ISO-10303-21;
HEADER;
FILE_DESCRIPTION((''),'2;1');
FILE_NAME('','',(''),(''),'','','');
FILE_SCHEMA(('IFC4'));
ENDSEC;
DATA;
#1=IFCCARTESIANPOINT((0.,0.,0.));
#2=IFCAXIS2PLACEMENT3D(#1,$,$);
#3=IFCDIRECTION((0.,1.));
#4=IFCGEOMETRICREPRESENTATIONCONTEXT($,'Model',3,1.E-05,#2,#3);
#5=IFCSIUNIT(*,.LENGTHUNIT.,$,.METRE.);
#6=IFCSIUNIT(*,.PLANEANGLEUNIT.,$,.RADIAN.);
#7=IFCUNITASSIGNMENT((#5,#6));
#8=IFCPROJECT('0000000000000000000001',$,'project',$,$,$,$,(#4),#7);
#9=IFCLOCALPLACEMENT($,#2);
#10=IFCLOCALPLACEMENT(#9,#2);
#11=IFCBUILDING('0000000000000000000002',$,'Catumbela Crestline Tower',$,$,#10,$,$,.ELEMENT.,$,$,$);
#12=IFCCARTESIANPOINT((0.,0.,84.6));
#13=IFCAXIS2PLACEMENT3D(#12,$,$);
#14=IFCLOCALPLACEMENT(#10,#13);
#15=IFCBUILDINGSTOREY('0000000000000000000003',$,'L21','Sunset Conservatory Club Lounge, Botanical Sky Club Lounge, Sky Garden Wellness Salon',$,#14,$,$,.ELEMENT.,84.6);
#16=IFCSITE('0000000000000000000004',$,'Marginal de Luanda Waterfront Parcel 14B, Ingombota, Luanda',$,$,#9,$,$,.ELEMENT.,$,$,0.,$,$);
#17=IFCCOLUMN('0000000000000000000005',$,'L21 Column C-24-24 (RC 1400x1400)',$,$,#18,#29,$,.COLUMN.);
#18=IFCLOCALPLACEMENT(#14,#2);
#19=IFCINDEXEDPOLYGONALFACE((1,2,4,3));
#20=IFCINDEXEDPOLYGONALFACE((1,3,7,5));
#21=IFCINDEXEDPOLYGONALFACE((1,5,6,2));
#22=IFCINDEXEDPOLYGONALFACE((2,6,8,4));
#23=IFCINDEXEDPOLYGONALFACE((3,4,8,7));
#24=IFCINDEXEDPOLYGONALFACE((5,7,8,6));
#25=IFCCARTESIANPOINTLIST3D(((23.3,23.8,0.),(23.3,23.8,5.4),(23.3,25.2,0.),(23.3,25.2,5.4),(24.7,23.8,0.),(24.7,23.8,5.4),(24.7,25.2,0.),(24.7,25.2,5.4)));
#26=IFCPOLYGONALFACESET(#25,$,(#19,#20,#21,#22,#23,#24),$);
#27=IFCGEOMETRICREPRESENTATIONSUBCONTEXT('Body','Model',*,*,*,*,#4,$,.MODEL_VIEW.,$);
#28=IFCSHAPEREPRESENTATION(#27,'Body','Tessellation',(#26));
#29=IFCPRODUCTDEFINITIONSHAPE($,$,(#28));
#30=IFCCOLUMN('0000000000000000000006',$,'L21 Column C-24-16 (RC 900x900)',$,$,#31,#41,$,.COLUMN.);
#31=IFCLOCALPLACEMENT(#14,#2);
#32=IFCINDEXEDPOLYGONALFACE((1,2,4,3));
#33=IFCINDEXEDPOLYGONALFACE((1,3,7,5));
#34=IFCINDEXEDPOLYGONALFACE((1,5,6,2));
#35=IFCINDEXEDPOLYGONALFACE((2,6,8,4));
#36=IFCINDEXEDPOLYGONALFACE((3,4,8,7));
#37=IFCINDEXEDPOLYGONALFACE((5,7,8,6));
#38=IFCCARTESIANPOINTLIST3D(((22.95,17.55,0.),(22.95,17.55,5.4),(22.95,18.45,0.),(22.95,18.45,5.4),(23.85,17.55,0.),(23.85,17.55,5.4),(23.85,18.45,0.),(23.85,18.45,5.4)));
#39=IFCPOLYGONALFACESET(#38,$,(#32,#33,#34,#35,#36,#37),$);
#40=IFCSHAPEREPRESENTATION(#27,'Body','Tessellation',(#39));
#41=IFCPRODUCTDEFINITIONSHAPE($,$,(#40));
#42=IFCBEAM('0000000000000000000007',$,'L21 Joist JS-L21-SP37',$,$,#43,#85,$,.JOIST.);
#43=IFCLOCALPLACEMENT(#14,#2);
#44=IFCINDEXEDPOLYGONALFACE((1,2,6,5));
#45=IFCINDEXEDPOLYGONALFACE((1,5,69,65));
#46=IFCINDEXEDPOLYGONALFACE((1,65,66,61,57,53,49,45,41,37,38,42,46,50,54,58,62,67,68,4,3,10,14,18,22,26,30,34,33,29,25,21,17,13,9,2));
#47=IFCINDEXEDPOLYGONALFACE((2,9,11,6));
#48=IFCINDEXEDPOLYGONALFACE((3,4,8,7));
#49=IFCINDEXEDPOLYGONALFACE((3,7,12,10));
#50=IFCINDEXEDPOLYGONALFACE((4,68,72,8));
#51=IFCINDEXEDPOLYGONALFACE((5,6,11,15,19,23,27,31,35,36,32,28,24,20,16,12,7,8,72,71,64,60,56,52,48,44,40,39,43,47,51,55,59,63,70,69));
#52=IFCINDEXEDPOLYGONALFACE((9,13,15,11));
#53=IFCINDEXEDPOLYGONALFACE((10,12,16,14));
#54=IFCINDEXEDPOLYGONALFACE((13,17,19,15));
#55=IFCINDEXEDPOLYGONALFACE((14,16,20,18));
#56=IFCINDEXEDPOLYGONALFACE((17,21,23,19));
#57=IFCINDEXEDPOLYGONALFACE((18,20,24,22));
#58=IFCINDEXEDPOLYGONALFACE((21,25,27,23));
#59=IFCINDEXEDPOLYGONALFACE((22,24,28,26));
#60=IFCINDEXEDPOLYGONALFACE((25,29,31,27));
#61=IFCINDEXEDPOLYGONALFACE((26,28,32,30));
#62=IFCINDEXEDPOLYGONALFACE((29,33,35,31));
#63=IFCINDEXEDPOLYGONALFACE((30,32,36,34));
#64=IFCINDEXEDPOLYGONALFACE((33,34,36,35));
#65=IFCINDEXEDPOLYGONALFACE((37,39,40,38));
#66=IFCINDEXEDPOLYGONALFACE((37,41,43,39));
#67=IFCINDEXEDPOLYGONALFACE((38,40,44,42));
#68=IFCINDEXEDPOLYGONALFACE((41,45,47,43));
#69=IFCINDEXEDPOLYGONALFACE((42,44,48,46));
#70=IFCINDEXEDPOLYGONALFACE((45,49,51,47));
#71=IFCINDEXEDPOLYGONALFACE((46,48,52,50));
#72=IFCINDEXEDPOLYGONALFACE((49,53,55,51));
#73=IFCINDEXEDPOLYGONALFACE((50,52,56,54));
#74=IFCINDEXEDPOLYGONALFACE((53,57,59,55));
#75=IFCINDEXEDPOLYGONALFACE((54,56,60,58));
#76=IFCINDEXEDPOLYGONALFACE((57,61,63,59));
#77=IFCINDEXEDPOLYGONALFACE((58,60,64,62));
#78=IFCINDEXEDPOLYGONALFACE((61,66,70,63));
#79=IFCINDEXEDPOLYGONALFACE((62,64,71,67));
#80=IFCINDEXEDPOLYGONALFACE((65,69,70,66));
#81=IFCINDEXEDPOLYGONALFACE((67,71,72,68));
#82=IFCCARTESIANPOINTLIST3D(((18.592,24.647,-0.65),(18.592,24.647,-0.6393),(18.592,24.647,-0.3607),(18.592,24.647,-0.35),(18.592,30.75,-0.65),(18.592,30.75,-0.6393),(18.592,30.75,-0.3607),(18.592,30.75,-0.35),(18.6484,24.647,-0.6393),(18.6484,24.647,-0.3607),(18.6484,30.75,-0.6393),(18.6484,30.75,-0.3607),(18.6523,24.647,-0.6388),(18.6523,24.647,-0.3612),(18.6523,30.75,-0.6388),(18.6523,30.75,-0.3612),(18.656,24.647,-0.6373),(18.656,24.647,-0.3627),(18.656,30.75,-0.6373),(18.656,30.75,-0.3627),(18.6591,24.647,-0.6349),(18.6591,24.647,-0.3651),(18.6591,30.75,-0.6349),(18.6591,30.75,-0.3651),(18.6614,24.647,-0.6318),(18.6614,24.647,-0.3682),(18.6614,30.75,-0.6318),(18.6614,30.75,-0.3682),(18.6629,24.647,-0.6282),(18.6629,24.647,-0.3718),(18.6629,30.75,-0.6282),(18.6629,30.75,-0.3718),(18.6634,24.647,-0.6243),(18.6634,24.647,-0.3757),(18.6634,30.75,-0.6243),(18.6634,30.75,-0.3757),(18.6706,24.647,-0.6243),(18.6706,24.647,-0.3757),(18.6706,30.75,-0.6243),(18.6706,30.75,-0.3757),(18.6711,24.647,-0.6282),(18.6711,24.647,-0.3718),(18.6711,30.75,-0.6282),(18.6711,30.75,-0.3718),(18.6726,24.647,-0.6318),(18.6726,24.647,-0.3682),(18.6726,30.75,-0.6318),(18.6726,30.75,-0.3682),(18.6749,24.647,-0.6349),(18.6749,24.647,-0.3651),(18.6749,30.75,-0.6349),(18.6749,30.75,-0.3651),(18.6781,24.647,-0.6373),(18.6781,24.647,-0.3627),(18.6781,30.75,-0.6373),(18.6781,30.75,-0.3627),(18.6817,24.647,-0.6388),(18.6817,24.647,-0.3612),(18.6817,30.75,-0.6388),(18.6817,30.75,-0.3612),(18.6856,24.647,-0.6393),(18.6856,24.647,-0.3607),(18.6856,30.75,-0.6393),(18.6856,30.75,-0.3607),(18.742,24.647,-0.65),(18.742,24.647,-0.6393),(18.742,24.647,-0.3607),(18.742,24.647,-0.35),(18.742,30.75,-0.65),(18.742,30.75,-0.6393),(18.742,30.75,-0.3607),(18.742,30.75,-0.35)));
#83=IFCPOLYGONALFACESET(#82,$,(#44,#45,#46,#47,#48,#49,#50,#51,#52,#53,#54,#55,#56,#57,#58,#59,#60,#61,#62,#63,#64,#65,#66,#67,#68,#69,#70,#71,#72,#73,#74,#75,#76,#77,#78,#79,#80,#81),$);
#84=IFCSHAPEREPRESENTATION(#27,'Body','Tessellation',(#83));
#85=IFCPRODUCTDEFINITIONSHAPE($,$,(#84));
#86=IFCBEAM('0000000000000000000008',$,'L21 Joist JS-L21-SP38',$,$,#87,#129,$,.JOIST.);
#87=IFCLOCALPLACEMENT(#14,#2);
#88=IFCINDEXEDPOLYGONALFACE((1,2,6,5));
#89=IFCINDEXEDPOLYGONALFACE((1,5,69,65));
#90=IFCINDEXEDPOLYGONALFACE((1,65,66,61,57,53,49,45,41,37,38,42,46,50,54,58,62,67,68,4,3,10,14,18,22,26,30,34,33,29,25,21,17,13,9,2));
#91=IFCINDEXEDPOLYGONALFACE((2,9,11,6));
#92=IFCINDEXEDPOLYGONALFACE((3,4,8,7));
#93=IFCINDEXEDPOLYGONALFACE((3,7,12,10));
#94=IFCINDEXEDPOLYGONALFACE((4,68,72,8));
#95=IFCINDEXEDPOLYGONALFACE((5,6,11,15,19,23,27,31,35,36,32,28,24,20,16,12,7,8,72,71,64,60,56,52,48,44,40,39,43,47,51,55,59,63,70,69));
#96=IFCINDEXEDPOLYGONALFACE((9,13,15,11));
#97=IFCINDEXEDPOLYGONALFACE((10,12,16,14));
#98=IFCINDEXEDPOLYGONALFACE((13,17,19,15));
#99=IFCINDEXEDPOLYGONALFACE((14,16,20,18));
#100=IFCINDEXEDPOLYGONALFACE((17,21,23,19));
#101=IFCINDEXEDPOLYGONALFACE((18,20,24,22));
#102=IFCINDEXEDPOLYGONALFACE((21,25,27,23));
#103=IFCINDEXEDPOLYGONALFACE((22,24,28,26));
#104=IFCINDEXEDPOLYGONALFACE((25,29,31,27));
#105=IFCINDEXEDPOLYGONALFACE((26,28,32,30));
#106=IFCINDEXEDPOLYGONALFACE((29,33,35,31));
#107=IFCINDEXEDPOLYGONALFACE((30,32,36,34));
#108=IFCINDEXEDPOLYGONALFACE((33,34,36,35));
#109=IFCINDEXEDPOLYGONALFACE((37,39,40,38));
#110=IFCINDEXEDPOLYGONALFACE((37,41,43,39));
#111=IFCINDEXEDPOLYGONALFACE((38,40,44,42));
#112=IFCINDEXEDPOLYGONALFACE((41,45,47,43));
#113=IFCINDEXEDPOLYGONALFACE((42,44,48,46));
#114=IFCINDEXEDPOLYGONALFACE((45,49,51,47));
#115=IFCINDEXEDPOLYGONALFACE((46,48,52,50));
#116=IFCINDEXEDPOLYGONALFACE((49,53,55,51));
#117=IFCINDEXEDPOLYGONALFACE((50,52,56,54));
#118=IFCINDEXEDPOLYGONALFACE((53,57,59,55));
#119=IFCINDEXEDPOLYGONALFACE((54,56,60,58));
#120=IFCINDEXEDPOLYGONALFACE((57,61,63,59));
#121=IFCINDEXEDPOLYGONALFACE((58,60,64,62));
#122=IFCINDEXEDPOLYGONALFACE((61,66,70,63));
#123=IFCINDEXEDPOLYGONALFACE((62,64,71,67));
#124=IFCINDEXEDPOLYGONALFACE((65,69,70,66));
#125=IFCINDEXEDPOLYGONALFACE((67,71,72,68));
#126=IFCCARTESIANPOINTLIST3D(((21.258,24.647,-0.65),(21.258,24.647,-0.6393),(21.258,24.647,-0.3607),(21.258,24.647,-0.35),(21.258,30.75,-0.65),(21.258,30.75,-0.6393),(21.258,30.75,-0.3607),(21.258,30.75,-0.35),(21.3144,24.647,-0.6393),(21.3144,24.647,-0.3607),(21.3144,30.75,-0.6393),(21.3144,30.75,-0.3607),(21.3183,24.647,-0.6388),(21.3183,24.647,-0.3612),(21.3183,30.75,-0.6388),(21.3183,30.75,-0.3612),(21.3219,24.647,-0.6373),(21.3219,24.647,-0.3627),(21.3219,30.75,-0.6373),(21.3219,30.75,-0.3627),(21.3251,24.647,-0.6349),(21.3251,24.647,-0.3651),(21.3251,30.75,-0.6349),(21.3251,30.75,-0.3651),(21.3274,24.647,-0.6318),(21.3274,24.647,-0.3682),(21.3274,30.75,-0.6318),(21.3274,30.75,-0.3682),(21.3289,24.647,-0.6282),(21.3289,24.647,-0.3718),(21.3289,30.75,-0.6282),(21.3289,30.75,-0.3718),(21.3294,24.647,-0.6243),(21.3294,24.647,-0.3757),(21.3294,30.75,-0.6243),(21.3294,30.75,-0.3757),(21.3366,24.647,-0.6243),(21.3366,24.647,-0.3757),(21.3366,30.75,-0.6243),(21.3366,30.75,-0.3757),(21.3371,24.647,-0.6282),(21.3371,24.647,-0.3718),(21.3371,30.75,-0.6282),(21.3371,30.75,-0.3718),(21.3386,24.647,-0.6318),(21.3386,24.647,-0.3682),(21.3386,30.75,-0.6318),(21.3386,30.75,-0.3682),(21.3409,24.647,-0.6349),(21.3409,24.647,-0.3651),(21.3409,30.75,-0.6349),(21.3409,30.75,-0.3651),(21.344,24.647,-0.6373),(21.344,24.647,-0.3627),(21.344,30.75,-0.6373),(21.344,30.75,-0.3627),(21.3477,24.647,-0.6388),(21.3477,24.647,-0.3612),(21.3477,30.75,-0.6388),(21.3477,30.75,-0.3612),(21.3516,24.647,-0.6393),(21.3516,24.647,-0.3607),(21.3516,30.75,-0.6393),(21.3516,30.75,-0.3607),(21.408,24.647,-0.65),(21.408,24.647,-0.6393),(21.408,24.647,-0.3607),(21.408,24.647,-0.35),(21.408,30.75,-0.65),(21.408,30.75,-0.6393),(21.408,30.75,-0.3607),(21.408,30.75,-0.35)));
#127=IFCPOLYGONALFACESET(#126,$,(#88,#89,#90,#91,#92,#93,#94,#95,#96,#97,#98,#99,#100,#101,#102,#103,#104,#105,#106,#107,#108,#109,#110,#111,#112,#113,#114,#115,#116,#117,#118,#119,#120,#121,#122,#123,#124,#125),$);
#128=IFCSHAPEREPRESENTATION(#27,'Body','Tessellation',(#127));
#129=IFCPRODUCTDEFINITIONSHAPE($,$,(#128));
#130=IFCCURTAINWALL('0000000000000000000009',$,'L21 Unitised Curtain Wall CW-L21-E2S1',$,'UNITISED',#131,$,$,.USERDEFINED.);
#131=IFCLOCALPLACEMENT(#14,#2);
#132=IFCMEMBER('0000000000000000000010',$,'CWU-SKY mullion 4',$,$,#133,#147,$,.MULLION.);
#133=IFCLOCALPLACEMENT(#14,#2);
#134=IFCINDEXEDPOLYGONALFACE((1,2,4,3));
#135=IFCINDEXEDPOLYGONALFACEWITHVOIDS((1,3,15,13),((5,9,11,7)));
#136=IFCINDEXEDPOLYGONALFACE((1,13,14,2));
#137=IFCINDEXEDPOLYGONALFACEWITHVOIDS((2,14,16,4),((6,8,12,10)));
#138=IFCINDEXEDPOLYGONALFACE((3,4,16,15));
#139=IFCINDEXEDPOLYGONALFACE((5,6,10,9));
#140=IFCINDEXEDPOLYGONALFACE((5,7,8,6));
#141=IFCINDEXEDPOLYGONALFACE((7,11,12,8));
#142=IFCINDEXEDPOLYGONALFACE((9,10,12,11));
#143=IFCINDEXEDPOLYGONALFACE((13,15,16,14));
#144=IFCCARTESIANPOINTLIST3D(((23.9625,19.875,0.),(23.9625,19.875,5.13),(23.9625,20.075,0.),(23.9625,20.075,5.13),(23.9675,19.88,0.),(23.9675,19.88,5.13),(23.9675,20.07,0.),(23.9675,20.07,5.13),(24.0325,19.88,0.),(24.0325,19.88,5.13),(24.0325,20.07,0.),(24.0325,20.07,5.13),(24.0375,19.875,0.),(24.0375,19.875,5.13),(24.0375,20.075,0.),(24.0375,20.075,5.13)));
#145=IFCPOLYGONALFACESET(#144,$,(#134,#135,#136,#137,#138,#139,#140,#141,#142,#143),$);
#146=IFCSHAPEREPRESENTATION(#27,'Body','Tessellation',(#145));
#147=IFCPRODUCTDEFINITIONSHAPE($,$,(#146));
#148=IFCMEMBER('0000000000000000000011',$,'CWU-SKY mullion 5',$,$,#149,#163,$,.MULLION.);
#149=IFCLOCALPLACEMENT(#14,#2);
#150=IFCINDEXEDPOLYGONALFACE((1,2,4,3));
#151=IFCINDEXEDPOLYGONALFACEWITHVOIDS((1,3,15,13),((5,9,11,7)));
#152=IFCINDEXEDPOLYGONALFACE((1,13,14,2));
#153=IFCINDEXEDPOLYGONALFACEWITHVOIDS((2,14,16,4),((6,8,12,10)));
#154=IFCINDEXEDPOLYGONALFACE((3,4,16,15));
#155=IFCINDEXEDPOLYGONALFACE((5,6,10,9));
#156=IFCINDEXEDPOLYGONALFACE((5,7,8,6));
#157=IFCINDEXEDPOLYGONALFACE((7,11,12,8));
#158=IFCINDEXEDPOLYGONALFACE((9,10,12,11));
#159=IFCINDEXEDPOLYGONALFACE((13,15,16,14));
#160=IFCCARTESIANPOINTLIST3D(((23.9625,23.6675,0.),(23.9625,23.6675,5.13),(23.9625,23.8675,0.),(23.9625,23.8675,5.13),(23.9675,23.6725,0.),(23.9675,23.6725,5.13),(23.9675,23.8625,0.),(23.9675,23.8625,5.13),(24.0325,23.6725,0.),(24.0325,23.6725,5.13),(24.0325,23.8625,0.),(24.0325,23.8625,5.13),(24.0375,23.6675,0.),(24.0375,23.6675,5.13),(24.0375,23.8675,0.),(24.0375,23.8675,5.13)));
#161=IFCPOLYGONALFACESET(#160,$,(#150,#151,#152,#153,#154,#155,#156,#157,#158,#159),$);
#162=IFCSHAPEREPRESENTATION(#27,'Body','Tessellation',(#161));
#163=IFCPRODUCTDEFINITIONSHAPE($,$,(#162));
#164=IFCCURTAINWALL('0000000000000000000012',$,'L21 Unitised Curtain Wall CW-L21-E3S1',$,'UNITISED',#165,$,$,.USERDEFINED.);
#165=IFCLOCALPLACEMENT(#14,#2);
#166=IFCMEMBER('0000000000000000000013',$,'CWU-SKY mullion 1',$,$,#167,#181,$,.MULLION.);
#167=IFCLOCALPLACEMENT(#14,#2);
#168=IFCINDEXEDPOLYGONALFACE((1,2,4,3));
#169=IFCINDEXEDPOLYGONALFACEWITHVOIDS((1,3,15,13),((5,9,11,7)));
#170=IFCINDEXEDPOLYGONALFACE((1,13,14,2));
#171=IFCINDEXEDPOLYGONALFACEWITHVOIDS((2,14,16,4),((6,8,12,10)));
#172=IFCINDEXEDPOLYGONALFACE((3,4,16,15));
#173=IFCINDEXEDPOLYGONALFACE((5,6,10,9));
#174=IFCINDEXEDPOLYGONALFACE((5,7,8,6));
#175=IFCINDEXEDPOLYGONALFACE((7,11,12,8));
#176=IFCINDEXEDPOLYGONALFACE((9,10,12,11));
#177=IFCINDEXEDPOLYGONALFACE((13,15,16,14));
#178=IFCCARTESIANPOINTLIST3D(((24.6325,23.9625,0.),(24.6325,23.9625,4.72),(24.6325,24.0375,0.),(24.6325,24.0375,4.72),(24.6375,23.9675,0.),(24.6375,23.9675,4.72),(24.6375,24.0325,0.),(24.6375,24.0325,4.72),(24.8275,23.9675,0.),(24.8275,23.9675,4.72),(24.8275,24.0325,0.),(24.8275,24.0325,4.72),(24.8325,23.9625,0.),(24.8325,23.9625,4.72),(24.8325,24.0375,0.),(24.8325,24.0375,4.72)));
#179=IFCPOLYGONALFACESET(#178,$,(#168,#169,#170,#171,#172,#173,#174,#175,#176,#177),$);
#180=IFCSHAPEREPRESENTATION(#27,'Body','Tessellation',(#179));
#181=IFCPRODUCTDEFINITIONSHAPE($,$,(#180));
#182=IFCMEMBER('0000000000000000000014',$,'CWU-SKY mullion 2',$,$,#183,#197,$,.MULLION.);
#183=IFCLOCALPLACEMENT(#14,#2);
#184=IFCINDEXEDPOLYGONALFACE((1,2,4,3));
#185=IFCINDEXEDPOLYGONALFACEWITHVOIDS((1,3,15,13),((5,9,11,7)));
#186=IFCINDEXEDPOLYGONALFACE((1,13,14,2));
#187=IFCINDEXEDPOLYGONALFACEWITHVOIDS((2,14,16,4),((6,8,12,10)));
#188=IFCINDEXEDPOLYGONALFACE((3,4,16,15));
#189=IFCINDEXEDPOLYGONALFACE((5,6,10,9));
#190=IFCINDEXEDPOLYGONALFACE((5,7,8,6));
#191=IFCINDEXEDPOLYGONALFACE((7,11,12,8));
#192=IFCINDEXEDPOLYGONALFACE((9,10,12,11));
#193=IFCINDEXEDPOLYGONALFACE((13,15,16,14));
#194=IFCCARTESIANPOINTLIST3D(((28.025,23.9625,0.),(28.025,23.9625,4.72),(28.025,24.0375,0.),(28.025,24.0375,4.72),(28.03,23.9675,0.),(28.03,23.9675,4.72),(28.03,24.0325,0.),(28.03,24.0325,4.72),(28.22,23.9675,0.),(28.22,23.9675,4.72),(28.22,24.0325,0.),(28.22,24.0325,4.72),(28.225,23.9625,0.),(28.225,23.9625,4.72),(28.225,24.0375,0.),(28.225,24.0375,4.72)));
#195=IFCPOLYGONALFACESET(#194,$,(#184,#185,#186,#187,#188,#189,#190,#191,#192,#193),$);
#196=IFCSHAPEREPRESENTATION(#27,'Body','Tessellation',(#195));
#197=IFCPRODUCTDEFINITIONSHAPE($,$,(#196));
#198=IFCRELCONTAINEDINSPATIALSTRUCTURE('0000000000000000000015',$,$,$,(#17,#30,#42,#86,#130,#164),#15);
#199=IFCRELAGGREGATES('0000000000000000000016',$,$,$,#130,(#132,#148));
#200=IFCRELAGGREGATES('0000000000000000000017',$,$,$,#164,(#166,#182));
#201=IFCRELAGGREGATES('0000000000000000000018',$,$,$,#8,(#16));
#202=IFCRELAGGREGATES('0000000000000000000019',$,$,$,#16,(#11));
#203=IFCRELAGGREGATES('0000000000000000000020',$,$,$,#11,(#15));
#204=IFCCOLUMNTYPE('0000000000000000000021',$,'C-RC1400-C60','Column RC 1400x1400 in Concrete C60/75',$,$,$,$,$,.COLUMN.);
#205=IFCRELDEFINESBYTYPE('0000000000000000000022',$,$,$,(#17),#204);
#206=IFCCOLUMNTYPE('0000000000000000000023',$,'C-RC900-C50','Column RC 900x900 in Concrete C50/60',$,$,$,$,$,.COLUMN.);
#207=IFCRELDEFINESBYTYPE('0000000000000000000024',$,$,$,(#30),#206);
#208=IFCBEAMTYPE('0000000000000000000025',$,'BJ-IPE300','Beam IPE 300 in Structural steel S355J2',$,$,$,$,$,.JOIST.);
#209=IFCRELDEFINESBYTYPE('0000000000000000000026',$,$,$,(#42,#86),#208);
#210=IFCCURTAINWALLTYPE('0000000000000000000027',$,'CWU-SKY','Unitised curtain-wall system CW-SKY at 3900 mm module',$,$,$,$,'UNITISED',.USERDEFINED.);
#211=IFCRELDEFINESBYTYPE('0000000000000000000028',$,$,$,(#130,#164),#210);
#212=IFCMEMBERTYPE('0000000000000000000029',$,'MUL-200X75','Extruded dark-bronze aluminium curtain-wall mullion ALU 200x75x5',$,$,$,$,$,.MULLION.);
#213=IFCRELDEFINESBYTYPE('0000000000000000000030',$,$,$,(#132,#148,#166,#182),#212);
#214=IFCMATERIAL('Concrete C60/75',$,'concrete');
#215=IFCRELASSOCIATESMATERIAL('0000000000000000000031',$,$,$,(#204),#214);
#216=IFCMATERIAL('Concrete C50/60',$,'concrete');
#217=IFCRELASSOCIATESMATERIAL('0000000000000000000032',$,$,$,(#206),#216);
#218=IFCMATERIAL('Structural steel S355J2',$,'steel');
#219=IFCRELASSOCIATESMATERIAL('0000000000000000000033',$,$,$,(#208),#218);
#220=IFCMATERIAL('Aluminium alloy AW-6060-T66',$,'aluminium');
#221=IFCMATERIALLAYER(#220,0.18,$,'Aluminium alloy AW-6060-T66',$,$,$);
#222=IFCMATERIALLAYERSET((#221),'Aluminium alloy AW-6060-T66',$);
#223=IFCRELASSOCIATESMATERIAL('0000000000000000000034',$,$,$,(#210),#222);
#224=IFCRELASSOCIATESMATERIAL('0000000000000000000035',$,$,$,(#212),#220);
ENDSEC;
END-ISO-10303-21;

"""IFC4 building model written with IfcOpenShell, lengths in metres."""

from ifc_helpers import new_model, si_unit, direction, frame, origin, origin_2d, place, context, subcontext, project, spatial, rectangle, hollow_rectangle, i_section, extrude, material, layer, layer_set, material_profile, profile_set, type_object, element, aggregate, save


model = new_model("IFC4")

# Units and contexts
model_context = context("Model", 3, precision=1e-05, world=origin(), true_north=direction((0.0, 1.0)))
body_context = subcontext(model_context, "Body", "Model", "MODEL_VIEW")
ifc_project = project(units=[si_unit("LENGTHUNIT", "METRE"), si_unit("PLANEANGLEUNIT", "RADIAN")], contexts=[model_context])

# Site, building, storey
site_placement = place(None, origin())
site = spatial("IfcSite", under=ifc_project, at=site_placement, Name="Marginal de Luanda Waterfront Parcel 14B, Ingombota, Luanda", CompositionType="ELEMENT", RefElevation=0.0)
building_placement = place(site_placement, origin())
building = spatial("IfcBuilding", under=site, at=building_placement, Name="Catumbela Crestline Tower", CompositionType="ELEMENT")
storey_placement = place(building_placement, frame((0.0, 0.0, 84.6)))
storey = spatial("IfcBuildingStorey", under=building, at=storey_placement, Name="L21", Description="Sunset Conservatory Club Lounge, Botanical Sky Club Lounge, Sky Garden Wellness Salon", CompositionType="ELEMENT", Elevation=84.6)

# Columns
ifc_material_1 = material(Name="Concrete C60/75", Category="concrete")
ifc_material_profile_1 = material_profile(ifc_material_1, rectangle(XDim=1.4, YDim=1.4, at=origin_2d()), Name="RC 1400x1400")
ifc_profile_set_1 = profile_set([ifc_material_profile_1], Name="Concrete C60/75")
column_type_1 = type_object("IfcColumnType", Name="C-RC1400-C60", Description="Column RC 1400x1400 in Concrete C60/75", PredefinedType="COLUMN", material=ifc_profile_set_1)
column_1_placement = place(storey_placement, frame((24.0, 24.5, 0.0), z_axis=(0.0, 0.0, 1.0), x_axis=(1.0, 0.0, 0.0)))
element("IfcColumn", 1, at=column_1_placement, inside=storey, type_object=column_type_1, Name="L21 Column C-24-24 (RC 1400x1400)", PredefinedType="COLUMN", context=body_context, shape_type="SweptSolid", body=[
    extrude(rectangle(XDim=1.4, YDim=1.4, at=origin_2d()), origin(), (0.0, 0.0, 1.0), 5.4),
])
ifc_material_2 = material(Name="Concrete C50/60", Category="concrete")
ifc_material_profile_2 = material_profile(ifc_material_2, rectangle(XDim=0.9, YDim=0.9, at=origin_2d()), Name="RC 900x900")
ifc_profile_set_2 = profile_set([ifc_material_profile_2], Name="Concrete C50/60")
column_type_2 = type_object("IfcColumnType", Name="C-RC900-C50", Description="Column RC 900x900 in Concrete C50/60", PredefinedType="COLUMN", material=ifc_profile_set_2)
column_2_placement = place(storey_placement, frame((23.4, 18.0, 0.0), z_axis=(0.0, 0.0, 1.0), x_axis=(1.0, 0.0, 0.0)))
element("IfcColumn", 2, at=column_2_placement, inside=storey, type_object=column_type_2, Name="L21 Column C-24-16 (RC 900x900)", PredefinedType="COLUMN", context=body_context, shape_type="SweptSolid", body=[
    extrude(rectangle(XDim=0.9, YDim=0.9, at=origin_2d()), origin(), (0.0, 0.0, 1.0), 5.4),
])

# Beams
ifc_material_3 = material(Name="Structural steel S355J2", Category="steel")
ifc_material_profile_3 = material_profile(ifc_material_3, i_section(OverallWidth=0.15, OverallDepth=0.3, WebThickness=0.0071, FlangeThickness=0.0107, FilletRadius=0.015, at=origin_2d()), Name="IPE 300")
ifc_profile_set_3 = profile_set([ifc_material_profile_3], Name="Structural steel S355J2")
beam_type_1 = type_object("IfcBeamType", Name="BJ-IPE300", Description="Beam IPE 300 in Structural steel S355J2", PredefinedType="JOIST", material=ifc_profile_set_3)
for number, where, z_axis, x_axis, name in (
    (3, (18.667, 24.647, -0.5), (0.0, 1.0, 0.0), (-1.0, 0.0, 0.0), "L21 Joist JS-L21-SP37"),
    (4, (21.333, 24.647, -0.5), (0.0, 1.0, 0.0), (-1.0, 0.0, 0.0), "L21 Joist JS-L21-SP38"),
):
    element("IfcBeam", number, at=place(storey_placement, frame(where, z_axis=z_axis, x_axis=x_axis)), inside=storey, type_object=beam_type_1, Name=name, PredefinedType="JOIST", context=body_context, shape_type="SweptSolid", body=[
        extrude(i_section(OverallWidth=0.15, OverallDepth=0.3, WebThickness=0.0071, FlangeThickness=0.0107, FilletRadius=0.015, at=origin_2d()), origin(), (0.0, 0.0, 1.0), 6.103),
    ])

# Curtain walls, members
ifc_material_4 = material(Name="Aluminium alloy AW-6060-T66", Category="aluminium")
ifc_layer_1 = layer(ifc_material_4, 0.18, Name="Aluminium alloy AW-6060-T66")
ifc_layer_set_1 = layer_set([ifc_layer_1], Name="Aluminium alloy AW-6060-T66")
curtain_wall_type = type_object("IfcCurtainWallType", Name="CWU-SKY", Description="Unitised curtain-wall system CW-SKY at 3900 mm module", ElementType="UNITISED", PredefinedType="USERDEFINED", material=ifc_layer_set_1)
curtain_wall_1_placement = place(storey_placement, origin())
curtain_wall_1 = element("IfcCurtainWall", 5, at=curtain_wall_1_placement, inside=storey, type_object=curtain_wall_type, Name="L21 Unitised Curtain Wall CW-L21-E2S1", ObjectType="UNITISED", PredefinedType="USERDEFINED")
ifc_material_profile_4 = material_profile(ifc_material_4, hollow_rectangle(XDim=0.075, YDim=0.2, WallThickness=0.005, at=origin_2d()), Name="ALU 200x75x5")
ifc_profile_set_4 = profile_set([ifc_material_profile_4], Name="Aluminium alloy AW-6060-T66")
member_type_1 = type_object("IfcMemberType", Name="MUL-200X75", Description="Extruded dark-bronze aluminium curtain-wall mullion ALU 200x75x5", PredefinedType="MULLION", material=ifc_profile_set_4)
member_1_placement = place(storey_placement, frame((24.0, 19.975, 0.0), z_axis=(0.0, 0.0, 1.0), x_axis=(-1.0, 0.0, 0.0)))
member_1 = element("IfcMember", 6, at=member_1_placement, type_object=member_type_1, Name="CWU-SKY mullion 4", PredefinedType="MULLION", context=body_context, shape_type="SweptSolid", body=[
    extrude(hollow_rectangle(XDim=0.075, YDim=0.2, WallThickness=0.005, at=origin_2d()), origin(), (0.0, 0.0, 1.0), 5.13),
])
member_2_placement = place(storey_placement, frame((24.0, 23.7675, 0.0), z_axis=(0.0, 0.0, 1.0), x_axis=(-1.0, 0.0, 0.0)))
member_2 = element("IfcMember", 7, at=member_2_placement, type_object=member_type_1, Name="CWU-SKY mullion 5", PredefinedType="MULLION", context=body_context, shape_type="SweptSolid", body=[
    extrude(hollow_rectangle(XDim=0.075, YDim=0.2, WallThickness=0.005, at=origin_2d()), origin(), (0.0, 0.0, 1.0), 5.13),
])
curtain_wall_2_placement = place(storey_placement, origin())
curtain_wall_2 = element("IfcCurtainWall", 8, at=curtain_wall_2_placement, inside=storey, type_object=curtain_wall_type, Name="L21 Unitised Curtain Wall CW-L21-E3S1", ObjectType="UNITISED", PredefinedType="USERDEFINED")
member_3_placement = place(storey_placement, frame((24.7325, 24.0, 0.0), z_axis=(0.0, 0.0, 1.0), x_axis=(0.0, 1.0, 0.0)))
member_3 = element("IfcMember", 9, at=member_3_placement, type_object=member_type_1, Name="CWU-SKY mullion 1", PredefinedType="MULLION", context=body_context, shape_type="SweptSolid", body=[
    extrude(hollow_rectangle(XDim=0.075, YDim=0.2, WallThickness=0.005, at=origin_2d()), origin(), (0.0, 0.0, 1.0), 4.72),
])
member_4_placement = place(storey_placement, frame((28.125, 24.0, 0.0), z_axis=(0.0, 0.0, 1.0), x_axis=(0.0, 1.0, 0.0)))
member_4 = element("IfcMember", 10, at=member_4_placement, type_object=member_type_1, Name="CWU-SKY mullion 2", PredefinedType="MULLION", context=body_context, shape_type="SweptSolid", body=[
    extrude(hollow_rectangle(XDim=0.075, YDim=0.2, WallThickness=0.005, at=origin_2d()), origin(), (0.0, 0.0, 1.0), 4.72),
])

aggregate(curtain_wall_1, [member_1, member_2])
aggregate(curtain_wall_2, [member_3, member_4])

save(model, "model.ifc")
